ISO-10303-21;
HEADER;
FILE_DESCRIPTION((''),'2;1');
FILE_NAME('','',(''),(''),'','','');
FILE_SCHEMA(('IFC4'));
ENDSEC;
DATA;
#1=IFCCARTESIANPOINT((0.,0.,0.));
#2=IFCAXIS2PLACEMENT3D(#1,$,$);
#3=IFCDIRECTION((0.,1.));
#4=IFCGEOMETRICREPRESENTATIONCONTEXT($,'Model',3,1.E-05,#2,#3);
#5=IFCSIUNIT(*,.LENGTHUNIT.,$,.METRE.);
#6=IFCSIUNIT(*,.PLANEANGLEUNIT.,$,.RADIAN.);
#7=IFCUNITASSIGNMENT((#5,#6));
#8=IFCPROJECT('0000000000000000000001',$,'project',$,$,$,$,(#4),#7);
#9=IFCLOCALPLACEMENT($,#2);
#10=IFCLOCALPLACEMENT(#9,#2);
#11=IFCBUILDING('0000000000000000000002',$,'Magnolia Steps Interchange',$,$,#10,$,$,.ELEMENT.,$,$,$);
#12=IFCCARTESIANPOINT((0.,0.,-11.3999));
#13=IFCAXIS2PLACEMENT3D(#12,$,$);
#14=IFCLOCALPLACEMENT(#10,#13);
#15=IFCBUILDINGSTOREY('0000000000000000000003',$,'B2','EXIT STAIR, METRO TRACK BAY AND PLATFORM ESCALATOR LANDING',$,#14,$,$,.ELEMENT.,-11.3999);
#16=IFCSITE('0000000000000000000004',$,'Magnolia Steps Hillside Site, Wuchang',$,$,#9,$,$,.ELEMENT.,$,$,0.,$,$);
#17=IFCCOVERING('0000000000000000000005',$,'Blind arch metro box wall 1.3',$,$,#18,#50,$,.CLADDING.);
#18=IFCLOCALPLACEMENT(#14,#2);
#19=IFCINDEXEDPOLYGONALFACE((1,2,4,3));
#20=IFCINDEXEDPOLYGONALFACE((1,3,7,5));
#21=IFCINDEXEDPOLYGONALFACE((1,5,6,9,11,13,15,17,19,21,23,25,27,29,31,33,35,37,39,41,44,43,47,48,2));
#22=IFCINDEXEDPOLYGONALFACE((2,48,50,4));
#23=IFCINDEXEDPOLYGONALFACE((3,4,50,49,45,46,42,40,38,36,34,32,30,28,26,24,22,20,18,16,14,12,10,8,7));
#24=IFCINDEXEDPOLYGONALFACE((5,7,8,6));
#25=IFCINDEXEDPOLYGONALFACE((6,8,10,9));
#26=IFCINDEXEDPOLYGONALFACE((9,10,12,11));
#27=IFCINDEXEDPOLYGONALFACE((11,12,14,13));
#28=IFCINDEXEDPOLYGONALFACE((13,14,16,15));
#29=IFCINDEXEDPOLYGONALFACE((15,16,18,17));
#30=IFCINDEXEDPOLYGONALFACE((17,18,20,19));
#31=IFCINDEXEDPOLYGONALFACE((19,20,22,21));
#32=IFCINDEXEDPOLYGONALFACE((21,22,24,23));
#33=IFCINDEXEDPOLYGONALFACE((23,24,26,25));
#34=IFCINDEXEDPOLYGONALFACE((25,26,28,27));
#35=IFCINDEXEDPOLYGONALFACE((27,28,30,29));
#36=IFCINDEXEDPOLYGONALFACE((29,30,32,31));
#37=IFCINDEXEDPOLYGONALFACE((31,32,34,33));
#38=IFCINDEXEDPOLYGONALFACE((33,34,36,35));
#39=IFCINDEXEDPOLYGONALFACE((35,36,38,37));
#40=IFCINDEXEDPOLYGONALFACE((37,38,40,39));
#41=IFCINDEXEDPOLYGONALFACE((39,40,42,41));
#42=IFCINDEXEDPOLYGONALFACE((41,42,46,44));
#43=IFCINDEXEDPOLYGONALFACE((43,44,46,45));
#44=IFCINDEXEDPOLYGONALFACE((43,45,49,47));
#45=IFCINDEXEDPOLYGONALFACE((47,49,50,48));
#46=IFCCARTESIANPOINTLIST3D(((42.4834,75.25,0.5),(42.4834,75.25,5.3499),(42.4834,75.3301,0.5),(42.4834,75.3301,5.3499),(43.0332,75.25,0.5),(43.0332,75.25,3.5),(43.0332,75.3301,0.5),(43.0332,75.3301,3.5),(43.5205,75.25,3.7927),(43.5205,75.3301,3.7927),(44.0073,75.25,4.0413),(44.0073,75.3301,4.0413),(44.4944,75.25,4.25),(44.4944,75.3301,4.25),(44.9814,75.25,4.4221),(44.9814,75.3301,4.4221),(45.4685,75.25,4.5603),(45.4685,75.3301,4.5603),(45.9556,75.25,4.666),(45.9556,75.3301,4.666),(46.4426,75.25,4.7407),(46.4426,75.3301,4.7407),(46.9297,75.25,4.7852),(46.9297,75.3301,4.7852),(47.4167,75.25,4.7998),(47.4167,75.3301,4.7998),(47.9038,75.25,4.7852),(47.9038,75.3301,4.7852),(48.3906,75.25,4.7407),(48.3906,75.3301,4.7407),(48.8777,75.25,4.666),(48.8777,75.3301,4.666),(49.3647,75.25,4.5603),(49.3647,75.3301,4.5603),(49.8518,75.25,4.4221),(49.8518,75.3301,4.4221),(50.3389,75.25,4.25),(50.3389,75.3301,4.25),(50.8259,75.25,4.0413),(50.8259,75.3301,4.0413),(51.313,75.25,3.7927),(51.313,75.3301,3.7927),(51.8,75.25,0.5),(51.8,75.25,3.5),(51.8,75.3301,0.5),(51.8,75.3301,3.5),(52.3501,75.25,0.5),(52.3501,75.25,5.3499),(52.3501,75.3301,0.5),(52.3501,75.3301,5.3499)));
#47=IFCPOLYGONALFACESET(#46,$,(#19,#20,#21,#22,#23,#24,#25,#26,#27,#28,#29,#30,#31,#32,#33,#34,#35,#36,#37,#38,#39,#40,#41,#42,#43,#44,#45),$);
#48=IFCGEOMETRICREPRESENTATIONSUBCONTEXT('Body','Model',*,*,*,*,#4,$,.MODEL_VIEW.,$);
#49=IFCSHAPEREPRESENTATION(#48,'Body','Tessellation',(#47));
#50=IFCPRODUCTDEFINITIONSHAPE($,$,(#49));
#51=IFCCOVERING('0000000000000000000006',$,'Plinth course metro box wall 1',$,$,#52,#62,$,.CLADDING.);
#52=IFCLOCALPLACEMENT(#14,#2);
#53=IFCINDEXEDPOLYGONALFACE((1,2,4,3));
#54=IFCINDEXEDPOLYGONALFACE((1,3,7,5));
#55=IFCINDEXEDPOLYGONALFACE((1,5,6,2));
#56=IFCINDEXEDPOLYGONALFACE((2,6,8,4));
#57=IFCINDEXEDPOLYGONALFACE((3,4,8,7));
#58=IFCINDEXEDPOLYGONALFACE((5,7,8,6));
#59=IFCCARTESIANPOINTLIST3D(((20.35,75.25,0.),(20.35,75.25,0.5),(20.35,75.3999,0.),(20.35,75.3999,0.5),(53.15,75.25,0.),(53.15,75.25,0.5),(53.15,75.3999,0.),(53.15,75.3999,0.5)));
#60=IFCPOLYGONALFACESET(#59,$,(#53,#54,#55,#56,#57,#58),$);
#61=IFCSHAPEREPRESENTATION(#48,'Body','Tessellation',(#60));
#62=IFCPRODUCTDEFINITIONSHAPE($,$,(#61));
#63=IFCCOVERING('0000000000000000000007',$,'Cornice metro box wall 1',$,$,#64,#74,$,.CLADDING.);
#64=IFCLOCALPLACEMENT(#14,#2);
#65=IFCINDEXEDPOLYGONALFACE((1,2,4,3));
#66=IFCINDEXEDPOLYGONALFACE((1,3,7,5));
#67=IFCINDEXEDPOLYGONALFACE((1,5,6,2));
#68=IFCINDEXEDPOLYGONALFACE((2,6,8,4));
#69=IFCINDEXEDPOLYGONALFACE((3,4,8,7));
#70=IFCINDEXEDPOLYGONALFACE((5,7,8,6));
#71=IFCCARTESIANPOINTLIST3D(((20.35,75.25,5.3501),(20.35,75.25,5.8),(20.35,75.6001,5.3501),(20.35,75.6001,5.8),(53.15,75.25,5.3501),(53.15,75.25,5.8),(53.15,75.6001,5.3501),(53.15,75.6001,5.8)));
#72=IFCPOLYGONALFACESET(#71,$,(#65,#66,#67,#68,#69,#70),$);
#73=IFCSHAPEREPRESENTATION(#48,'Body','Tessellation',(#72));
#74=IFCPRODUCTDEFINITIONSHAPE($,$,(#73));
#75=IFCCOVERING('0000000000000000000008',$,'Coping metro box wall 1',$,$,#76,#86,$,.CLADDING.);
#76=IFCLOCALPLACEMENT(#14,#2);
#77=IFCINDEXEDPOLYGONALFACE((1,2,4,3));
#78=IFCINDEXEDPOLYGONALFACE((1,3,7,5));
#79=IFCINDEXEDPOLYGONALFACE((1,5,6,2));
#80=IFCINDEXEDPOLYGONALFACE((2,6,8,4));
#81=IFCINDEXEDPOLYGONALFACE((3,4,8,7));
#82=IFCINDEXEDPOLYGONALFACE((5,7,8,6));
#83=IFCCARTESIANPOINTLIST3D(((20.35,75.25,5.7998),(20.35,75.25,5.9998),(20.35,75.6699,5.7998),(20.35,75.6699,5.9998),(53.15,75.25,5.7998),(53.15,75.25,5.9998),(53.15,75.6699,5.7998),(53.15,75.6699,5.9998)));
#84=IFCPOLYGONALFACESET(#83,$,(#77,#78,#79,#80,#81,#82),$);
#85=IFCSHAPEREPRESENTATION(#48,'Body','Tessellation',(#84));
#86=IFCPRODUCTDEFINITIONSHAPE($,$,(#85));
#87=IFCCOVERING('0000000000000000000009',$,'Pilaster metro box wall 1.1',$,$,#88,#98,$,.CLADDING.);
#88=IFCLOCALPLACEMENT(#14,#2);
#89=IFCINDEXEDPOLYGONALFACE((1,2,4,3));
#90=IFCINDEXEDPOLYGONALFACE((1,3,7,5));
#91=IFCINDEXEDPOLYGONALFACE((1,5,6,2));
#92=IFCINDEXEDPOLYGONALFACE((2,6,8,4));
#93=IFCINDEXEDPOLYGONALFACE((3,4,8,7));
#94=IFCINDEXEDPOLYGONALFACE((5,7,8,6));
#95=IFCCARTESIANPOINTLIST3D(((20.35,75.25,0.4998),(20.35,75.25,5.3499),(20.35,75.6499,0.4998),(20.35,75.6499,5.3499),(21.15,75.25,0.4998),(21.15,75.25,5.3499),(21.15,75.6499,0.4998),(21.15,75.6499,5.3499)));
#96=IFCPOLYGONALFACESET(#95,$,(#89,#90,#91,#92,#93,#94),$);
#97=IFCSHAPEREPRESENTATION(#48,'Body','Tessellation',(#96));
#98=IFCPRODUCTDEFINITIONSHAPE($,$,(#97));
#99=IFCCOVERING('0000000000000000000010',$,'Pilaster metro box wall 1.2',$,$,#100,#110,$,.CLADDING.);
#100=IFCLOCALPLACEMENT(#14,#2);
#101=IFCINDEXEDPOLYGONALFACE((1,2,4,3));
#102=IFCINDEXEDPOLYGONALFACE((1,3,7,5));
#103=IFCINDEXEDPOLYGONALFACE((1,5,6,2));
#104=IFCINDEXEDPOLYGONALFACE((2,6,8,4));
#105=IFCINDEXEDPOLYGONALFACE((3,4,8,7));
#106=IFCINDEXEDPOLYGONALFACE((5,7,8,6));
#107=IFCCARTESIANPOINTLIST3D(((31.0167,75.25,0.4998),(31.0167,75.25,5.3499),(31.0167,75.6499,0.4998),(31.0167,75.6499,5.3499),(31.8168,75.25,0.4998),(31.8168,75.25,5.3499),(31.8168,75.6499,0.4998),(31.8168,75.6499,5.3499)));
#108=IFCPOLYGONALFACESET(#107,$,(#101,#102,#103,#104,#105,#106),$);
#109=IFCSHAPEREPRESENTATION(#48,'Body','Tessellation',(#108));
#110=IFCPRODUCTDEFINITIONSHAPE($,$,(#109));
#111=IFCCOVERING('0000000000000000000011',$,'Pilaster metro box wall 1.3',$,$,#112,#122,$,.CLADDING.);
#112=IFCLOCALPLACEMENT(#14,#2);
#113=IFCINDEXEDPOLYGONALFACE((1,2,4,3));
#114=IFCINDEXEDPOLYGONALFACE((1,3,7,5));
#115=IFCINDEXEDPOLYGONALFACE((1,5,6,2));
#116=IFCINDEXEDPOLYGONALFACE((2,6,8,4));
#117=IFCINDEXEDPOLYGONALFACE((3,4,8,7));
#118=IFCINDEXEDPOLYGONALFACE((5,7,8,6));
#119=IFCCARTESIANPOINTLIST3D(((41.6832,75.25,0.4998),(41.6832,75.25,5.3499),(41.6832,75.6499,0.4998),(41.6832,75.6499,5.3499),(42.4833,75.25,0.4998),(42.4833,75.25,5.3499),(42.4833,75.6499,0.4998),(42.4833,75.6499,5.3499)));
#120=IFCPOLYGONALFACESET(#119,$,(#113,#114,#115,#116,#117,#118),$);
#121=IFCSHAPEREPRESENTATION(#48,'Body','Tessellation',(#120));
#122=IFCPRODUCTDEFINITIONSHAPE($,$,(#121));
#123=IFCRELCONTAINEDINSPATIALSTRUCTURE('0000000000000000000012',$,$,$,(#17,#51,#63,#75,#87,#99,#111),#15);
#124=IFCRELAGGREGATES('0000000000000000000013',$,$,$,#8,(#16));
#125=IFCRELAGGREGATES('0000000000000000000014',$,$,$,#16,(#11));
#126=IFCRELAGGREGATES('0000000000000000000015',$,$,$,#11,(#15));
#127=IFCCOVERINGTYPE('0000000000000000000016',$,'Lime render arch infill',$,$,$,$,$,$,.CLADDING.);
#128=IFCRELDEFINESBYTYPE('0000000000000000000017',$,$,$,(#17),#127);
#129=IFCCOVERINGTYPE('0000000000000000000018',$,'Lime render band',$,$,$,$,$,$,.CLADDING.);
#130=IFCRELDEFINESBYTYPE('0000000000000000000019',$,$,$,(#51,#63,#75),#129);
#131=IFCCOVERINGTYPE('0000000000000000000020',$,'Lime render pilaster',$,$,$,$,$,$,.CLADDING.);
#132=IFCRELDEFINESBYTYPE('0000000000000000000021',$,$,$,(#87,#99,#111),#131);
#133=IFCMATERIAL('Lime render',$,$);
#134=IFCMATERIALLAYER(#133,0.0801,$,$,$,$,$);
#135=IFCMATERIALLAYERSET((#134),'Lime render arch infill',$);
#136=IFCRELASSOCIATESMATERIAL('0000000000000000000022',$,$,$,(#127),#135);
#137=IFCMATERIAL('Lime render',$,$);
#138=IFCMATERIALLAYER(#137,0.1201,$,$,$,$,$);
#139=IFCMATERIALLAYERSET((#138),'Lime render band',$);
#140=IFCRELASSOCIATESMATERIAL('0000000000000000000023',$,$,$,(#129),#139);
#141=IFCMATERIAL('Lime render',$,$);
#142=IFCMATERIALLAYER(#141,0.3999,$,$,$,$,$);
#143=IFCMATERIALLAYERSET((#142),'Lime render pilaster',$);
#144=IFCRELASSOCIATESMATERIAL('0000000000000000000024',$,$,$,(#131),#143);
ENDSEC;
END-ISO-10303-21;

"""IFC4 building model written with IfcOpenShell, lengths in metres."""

from ifc_helpers import new_model, si_unit, direction, frame, origin, origin_2d, place, context, subcontext, project, spatial, polyline, rectangle, outline, extrude, material, layer, layer_set, type_object, element, save


model = new_model("IFC4")

# Units and contexts
model_context = context("Model", 3, precision=1e-05, world=origin(), true_north=direction((0.0, 1.0)))
body_context = subcontext(model_context, "Body", "Model", "MODEL_VIEW")
ifc_project = project(units=[si_unit("LENGTHUNIT", "METRE"), si_unit("PLANEANGLEUNIT", "RADIAN")], contexts=[model_context])

# Site, building, storey
site_placement = place(None, origin())
site = spatial("IfcSite", under=ifc_project, at=site_placement, Name="Magnolia Steps Hillside Site, Wuchang", CompositionType="ELEMENT", RefElevation=0.0)
building_placement = place(site_placement, origin())
building = spatial("IfcBuilding", under=site, at=building_placement, Name="Magnolia Steps Interchange", CompositionType="ELEMENT")
storey_placement = place(building_placement, frame((0.0, 0.0, -11.3999)))
storey = spatial("IfcBuildingStorey", under=building, at=storey_placement, Name="B2", Description="EXIT STAIR, METRO TRACK BAY AND PLATFORM ESCALATOR LANDING", CompositionType="ELEMENT", Elevation=-11.3999)

# Coverings
ifc_material_1 = material(Name="Lime render")
ifc_layer_1 = layer(ifc_material_1, 0.0801)
ifc_layer_set_1 = layer_set([ifc_layer_1], Name="Lime render arch infill")
covering_type_1 = type_object("IfcCoveringType", Name="Lime render arch infill", PredefinedType="CLADDING", material=ifc_layer_set_1)
covering_1_placement = place(storey_placement, frame((43.0332, 75.25, 0.5), z_axis=(0.0, -1.0, 0.0), x_axis=(0.0, 0.0, 1.0)))
element("IfcCovering", 1, at=covering_1_placement, inside=storey, type_object=covering_type_1, Name="Blind arch metro box wall 1.3", PredefinedType="CLADDING", context=body_context, shape_type="SweptSolid", body=[
    extrude(outline(polyline([(0.0, 0.0), (3.0, 0.0), (3.2927, -0.4873), (3.5413, -0.9741), (3.75, -1.4612), (3.9221, -1.9482), (4.0603, -2.4353), (4.166, -2.9224), (4.2407, -3.4094), (4.2852, -3.8965), (4.2998, -4.3835), (4.2852, -4.8706), (4.2407, -5.3574), (4.166, -5.8445), (4.0603, -6.3315), (3.9221, -6.8186), (3.75, -7.3057), (3.5413, -7.7927), (3.2927, -8.2798), (3.0, -8.7668), (0.0, -8.7668), (0.0, -9.3169), (4.8499, -9.3169), (4.8499, 0.5498), (0.0, 0.5498), (0.0, 0.0)])), origin(), (0.0, 0.0, -1.0), 0.0801),
])
ifc_material_2 = material(Name="Lime render")
ifc_layer_2 = layer(ifc_material_2, 0.1201)
ifc_layer_set_2 = layer_set([ifc_layer_2], Name="Lime render band")
covering_type_2 = type_object("IfcCoveringType", Name="Lime render band", PredefinedType="CLADDING", material=ifc_layer_set_2)
covering_2_placement = place(storey_placement, frame((36.75, 75.325, 0.0), z_axis=(0.0, 0.0, 1.0), x_axis=(1.0, 0.0, 0.0)))
element("IfcCovering", 2, at=covering_2_placement, inside=storey, type_object=covering_type_2, Name="Plinth course metro box wall 1", PredefinedType="CLADDING", context=body_context, shape_type="SweptSolid", body=[
    extrude(rectangle(XDim=32.8, YDim=0.1499, at=origin_2d()), origin(), (0.0, 0.0, 1.0), 0.5),
])
covering_3_placement = place(storey_placement, frame((36.75, 75.425, 5.3501), z_axis=(0.0, 0.0, 1.0), x_axis=(1.0, 0.0, 0.0)))
element("IfcCovering", 3, at=covering_3_placement, inside=storey, type_object=covering_type_2, Name="Cornice metro box wall 1", PredefinedType="CLADDING", context=body_context, shape_type="SweptSolid", body=[
    extrude(rectangle(XDim=32.8, YDim=0.3501, at=origin_2d()), origin(), (0.0, 0.0, 1.0), 0.45),
])
covering_4_placement = place(storey_placement, frame((36.75, 75.46, 5.7998), z_axis=(0.0, 0.0, 1.0), x_axis=(1.0, 0.0, 0.0)))
element("IfcCovering", 4, at=covering_4_placement, inside=storey, type_object=covering_type_2, Name="Coping metro box wall 1", PredefinedType="CLADDING", context=body_context, shape_type="SweptSolid", body=[
    extrude(rectangle(XDim=32.8, YDim=0.4199, at=origin_2d()), origin(), (0.0, 0.0, 1.0), 0.2),
])
ifc_material_3 = material(Name="Lime render")
ifc_layer_3 = layer(ifc_material_3, 0.3999)
ifc_layer_set_3 = layer_set([ifc_layer_3], Name="Lime render pilaster")
covering_type_3 = type_object("IfcCoveringType", Name="Lime render pilaster", PredefinedType="CLADDING", material=ifc_layer_set_3)
for number, where, z_axis, x_axis, name in (
    (5, (20.75, 75.45, 0.4998), (0.0, 0.0, 1.0), (1.0, 0.0, 0.0), "Pilaster metro box wall 1.1"),
    (6, (31.4167, 75.45, 0.4998), (0.0, 0.0, 1.0), (1.0, 0.0, 0.0), "Pilaster metro box wall 1.2"),
    (7, (42.0833, 75.45, 0.4998), (0.0, 0.0, 1.0), (1.0, 0.0, 0.0), "Pilaster metro box wall 1.3"),
):
    element("IfcCovering", number, at=place(storey_placement, frame(where, z_axis=z_axis, x_axis=x_axis)), inside=storey, type_object=covering_type_3, Name=name, PredefinedType="CLADDING", context=body_context, shape_type="SweptSolid", body=[
        extrude(rectangle(XDim=0.8, YDim=0.3999, at=origin_2d()), origin(), (0.0, 0.0, 1.0), 4.8501),
    ])

save(model, "model.ifc")
